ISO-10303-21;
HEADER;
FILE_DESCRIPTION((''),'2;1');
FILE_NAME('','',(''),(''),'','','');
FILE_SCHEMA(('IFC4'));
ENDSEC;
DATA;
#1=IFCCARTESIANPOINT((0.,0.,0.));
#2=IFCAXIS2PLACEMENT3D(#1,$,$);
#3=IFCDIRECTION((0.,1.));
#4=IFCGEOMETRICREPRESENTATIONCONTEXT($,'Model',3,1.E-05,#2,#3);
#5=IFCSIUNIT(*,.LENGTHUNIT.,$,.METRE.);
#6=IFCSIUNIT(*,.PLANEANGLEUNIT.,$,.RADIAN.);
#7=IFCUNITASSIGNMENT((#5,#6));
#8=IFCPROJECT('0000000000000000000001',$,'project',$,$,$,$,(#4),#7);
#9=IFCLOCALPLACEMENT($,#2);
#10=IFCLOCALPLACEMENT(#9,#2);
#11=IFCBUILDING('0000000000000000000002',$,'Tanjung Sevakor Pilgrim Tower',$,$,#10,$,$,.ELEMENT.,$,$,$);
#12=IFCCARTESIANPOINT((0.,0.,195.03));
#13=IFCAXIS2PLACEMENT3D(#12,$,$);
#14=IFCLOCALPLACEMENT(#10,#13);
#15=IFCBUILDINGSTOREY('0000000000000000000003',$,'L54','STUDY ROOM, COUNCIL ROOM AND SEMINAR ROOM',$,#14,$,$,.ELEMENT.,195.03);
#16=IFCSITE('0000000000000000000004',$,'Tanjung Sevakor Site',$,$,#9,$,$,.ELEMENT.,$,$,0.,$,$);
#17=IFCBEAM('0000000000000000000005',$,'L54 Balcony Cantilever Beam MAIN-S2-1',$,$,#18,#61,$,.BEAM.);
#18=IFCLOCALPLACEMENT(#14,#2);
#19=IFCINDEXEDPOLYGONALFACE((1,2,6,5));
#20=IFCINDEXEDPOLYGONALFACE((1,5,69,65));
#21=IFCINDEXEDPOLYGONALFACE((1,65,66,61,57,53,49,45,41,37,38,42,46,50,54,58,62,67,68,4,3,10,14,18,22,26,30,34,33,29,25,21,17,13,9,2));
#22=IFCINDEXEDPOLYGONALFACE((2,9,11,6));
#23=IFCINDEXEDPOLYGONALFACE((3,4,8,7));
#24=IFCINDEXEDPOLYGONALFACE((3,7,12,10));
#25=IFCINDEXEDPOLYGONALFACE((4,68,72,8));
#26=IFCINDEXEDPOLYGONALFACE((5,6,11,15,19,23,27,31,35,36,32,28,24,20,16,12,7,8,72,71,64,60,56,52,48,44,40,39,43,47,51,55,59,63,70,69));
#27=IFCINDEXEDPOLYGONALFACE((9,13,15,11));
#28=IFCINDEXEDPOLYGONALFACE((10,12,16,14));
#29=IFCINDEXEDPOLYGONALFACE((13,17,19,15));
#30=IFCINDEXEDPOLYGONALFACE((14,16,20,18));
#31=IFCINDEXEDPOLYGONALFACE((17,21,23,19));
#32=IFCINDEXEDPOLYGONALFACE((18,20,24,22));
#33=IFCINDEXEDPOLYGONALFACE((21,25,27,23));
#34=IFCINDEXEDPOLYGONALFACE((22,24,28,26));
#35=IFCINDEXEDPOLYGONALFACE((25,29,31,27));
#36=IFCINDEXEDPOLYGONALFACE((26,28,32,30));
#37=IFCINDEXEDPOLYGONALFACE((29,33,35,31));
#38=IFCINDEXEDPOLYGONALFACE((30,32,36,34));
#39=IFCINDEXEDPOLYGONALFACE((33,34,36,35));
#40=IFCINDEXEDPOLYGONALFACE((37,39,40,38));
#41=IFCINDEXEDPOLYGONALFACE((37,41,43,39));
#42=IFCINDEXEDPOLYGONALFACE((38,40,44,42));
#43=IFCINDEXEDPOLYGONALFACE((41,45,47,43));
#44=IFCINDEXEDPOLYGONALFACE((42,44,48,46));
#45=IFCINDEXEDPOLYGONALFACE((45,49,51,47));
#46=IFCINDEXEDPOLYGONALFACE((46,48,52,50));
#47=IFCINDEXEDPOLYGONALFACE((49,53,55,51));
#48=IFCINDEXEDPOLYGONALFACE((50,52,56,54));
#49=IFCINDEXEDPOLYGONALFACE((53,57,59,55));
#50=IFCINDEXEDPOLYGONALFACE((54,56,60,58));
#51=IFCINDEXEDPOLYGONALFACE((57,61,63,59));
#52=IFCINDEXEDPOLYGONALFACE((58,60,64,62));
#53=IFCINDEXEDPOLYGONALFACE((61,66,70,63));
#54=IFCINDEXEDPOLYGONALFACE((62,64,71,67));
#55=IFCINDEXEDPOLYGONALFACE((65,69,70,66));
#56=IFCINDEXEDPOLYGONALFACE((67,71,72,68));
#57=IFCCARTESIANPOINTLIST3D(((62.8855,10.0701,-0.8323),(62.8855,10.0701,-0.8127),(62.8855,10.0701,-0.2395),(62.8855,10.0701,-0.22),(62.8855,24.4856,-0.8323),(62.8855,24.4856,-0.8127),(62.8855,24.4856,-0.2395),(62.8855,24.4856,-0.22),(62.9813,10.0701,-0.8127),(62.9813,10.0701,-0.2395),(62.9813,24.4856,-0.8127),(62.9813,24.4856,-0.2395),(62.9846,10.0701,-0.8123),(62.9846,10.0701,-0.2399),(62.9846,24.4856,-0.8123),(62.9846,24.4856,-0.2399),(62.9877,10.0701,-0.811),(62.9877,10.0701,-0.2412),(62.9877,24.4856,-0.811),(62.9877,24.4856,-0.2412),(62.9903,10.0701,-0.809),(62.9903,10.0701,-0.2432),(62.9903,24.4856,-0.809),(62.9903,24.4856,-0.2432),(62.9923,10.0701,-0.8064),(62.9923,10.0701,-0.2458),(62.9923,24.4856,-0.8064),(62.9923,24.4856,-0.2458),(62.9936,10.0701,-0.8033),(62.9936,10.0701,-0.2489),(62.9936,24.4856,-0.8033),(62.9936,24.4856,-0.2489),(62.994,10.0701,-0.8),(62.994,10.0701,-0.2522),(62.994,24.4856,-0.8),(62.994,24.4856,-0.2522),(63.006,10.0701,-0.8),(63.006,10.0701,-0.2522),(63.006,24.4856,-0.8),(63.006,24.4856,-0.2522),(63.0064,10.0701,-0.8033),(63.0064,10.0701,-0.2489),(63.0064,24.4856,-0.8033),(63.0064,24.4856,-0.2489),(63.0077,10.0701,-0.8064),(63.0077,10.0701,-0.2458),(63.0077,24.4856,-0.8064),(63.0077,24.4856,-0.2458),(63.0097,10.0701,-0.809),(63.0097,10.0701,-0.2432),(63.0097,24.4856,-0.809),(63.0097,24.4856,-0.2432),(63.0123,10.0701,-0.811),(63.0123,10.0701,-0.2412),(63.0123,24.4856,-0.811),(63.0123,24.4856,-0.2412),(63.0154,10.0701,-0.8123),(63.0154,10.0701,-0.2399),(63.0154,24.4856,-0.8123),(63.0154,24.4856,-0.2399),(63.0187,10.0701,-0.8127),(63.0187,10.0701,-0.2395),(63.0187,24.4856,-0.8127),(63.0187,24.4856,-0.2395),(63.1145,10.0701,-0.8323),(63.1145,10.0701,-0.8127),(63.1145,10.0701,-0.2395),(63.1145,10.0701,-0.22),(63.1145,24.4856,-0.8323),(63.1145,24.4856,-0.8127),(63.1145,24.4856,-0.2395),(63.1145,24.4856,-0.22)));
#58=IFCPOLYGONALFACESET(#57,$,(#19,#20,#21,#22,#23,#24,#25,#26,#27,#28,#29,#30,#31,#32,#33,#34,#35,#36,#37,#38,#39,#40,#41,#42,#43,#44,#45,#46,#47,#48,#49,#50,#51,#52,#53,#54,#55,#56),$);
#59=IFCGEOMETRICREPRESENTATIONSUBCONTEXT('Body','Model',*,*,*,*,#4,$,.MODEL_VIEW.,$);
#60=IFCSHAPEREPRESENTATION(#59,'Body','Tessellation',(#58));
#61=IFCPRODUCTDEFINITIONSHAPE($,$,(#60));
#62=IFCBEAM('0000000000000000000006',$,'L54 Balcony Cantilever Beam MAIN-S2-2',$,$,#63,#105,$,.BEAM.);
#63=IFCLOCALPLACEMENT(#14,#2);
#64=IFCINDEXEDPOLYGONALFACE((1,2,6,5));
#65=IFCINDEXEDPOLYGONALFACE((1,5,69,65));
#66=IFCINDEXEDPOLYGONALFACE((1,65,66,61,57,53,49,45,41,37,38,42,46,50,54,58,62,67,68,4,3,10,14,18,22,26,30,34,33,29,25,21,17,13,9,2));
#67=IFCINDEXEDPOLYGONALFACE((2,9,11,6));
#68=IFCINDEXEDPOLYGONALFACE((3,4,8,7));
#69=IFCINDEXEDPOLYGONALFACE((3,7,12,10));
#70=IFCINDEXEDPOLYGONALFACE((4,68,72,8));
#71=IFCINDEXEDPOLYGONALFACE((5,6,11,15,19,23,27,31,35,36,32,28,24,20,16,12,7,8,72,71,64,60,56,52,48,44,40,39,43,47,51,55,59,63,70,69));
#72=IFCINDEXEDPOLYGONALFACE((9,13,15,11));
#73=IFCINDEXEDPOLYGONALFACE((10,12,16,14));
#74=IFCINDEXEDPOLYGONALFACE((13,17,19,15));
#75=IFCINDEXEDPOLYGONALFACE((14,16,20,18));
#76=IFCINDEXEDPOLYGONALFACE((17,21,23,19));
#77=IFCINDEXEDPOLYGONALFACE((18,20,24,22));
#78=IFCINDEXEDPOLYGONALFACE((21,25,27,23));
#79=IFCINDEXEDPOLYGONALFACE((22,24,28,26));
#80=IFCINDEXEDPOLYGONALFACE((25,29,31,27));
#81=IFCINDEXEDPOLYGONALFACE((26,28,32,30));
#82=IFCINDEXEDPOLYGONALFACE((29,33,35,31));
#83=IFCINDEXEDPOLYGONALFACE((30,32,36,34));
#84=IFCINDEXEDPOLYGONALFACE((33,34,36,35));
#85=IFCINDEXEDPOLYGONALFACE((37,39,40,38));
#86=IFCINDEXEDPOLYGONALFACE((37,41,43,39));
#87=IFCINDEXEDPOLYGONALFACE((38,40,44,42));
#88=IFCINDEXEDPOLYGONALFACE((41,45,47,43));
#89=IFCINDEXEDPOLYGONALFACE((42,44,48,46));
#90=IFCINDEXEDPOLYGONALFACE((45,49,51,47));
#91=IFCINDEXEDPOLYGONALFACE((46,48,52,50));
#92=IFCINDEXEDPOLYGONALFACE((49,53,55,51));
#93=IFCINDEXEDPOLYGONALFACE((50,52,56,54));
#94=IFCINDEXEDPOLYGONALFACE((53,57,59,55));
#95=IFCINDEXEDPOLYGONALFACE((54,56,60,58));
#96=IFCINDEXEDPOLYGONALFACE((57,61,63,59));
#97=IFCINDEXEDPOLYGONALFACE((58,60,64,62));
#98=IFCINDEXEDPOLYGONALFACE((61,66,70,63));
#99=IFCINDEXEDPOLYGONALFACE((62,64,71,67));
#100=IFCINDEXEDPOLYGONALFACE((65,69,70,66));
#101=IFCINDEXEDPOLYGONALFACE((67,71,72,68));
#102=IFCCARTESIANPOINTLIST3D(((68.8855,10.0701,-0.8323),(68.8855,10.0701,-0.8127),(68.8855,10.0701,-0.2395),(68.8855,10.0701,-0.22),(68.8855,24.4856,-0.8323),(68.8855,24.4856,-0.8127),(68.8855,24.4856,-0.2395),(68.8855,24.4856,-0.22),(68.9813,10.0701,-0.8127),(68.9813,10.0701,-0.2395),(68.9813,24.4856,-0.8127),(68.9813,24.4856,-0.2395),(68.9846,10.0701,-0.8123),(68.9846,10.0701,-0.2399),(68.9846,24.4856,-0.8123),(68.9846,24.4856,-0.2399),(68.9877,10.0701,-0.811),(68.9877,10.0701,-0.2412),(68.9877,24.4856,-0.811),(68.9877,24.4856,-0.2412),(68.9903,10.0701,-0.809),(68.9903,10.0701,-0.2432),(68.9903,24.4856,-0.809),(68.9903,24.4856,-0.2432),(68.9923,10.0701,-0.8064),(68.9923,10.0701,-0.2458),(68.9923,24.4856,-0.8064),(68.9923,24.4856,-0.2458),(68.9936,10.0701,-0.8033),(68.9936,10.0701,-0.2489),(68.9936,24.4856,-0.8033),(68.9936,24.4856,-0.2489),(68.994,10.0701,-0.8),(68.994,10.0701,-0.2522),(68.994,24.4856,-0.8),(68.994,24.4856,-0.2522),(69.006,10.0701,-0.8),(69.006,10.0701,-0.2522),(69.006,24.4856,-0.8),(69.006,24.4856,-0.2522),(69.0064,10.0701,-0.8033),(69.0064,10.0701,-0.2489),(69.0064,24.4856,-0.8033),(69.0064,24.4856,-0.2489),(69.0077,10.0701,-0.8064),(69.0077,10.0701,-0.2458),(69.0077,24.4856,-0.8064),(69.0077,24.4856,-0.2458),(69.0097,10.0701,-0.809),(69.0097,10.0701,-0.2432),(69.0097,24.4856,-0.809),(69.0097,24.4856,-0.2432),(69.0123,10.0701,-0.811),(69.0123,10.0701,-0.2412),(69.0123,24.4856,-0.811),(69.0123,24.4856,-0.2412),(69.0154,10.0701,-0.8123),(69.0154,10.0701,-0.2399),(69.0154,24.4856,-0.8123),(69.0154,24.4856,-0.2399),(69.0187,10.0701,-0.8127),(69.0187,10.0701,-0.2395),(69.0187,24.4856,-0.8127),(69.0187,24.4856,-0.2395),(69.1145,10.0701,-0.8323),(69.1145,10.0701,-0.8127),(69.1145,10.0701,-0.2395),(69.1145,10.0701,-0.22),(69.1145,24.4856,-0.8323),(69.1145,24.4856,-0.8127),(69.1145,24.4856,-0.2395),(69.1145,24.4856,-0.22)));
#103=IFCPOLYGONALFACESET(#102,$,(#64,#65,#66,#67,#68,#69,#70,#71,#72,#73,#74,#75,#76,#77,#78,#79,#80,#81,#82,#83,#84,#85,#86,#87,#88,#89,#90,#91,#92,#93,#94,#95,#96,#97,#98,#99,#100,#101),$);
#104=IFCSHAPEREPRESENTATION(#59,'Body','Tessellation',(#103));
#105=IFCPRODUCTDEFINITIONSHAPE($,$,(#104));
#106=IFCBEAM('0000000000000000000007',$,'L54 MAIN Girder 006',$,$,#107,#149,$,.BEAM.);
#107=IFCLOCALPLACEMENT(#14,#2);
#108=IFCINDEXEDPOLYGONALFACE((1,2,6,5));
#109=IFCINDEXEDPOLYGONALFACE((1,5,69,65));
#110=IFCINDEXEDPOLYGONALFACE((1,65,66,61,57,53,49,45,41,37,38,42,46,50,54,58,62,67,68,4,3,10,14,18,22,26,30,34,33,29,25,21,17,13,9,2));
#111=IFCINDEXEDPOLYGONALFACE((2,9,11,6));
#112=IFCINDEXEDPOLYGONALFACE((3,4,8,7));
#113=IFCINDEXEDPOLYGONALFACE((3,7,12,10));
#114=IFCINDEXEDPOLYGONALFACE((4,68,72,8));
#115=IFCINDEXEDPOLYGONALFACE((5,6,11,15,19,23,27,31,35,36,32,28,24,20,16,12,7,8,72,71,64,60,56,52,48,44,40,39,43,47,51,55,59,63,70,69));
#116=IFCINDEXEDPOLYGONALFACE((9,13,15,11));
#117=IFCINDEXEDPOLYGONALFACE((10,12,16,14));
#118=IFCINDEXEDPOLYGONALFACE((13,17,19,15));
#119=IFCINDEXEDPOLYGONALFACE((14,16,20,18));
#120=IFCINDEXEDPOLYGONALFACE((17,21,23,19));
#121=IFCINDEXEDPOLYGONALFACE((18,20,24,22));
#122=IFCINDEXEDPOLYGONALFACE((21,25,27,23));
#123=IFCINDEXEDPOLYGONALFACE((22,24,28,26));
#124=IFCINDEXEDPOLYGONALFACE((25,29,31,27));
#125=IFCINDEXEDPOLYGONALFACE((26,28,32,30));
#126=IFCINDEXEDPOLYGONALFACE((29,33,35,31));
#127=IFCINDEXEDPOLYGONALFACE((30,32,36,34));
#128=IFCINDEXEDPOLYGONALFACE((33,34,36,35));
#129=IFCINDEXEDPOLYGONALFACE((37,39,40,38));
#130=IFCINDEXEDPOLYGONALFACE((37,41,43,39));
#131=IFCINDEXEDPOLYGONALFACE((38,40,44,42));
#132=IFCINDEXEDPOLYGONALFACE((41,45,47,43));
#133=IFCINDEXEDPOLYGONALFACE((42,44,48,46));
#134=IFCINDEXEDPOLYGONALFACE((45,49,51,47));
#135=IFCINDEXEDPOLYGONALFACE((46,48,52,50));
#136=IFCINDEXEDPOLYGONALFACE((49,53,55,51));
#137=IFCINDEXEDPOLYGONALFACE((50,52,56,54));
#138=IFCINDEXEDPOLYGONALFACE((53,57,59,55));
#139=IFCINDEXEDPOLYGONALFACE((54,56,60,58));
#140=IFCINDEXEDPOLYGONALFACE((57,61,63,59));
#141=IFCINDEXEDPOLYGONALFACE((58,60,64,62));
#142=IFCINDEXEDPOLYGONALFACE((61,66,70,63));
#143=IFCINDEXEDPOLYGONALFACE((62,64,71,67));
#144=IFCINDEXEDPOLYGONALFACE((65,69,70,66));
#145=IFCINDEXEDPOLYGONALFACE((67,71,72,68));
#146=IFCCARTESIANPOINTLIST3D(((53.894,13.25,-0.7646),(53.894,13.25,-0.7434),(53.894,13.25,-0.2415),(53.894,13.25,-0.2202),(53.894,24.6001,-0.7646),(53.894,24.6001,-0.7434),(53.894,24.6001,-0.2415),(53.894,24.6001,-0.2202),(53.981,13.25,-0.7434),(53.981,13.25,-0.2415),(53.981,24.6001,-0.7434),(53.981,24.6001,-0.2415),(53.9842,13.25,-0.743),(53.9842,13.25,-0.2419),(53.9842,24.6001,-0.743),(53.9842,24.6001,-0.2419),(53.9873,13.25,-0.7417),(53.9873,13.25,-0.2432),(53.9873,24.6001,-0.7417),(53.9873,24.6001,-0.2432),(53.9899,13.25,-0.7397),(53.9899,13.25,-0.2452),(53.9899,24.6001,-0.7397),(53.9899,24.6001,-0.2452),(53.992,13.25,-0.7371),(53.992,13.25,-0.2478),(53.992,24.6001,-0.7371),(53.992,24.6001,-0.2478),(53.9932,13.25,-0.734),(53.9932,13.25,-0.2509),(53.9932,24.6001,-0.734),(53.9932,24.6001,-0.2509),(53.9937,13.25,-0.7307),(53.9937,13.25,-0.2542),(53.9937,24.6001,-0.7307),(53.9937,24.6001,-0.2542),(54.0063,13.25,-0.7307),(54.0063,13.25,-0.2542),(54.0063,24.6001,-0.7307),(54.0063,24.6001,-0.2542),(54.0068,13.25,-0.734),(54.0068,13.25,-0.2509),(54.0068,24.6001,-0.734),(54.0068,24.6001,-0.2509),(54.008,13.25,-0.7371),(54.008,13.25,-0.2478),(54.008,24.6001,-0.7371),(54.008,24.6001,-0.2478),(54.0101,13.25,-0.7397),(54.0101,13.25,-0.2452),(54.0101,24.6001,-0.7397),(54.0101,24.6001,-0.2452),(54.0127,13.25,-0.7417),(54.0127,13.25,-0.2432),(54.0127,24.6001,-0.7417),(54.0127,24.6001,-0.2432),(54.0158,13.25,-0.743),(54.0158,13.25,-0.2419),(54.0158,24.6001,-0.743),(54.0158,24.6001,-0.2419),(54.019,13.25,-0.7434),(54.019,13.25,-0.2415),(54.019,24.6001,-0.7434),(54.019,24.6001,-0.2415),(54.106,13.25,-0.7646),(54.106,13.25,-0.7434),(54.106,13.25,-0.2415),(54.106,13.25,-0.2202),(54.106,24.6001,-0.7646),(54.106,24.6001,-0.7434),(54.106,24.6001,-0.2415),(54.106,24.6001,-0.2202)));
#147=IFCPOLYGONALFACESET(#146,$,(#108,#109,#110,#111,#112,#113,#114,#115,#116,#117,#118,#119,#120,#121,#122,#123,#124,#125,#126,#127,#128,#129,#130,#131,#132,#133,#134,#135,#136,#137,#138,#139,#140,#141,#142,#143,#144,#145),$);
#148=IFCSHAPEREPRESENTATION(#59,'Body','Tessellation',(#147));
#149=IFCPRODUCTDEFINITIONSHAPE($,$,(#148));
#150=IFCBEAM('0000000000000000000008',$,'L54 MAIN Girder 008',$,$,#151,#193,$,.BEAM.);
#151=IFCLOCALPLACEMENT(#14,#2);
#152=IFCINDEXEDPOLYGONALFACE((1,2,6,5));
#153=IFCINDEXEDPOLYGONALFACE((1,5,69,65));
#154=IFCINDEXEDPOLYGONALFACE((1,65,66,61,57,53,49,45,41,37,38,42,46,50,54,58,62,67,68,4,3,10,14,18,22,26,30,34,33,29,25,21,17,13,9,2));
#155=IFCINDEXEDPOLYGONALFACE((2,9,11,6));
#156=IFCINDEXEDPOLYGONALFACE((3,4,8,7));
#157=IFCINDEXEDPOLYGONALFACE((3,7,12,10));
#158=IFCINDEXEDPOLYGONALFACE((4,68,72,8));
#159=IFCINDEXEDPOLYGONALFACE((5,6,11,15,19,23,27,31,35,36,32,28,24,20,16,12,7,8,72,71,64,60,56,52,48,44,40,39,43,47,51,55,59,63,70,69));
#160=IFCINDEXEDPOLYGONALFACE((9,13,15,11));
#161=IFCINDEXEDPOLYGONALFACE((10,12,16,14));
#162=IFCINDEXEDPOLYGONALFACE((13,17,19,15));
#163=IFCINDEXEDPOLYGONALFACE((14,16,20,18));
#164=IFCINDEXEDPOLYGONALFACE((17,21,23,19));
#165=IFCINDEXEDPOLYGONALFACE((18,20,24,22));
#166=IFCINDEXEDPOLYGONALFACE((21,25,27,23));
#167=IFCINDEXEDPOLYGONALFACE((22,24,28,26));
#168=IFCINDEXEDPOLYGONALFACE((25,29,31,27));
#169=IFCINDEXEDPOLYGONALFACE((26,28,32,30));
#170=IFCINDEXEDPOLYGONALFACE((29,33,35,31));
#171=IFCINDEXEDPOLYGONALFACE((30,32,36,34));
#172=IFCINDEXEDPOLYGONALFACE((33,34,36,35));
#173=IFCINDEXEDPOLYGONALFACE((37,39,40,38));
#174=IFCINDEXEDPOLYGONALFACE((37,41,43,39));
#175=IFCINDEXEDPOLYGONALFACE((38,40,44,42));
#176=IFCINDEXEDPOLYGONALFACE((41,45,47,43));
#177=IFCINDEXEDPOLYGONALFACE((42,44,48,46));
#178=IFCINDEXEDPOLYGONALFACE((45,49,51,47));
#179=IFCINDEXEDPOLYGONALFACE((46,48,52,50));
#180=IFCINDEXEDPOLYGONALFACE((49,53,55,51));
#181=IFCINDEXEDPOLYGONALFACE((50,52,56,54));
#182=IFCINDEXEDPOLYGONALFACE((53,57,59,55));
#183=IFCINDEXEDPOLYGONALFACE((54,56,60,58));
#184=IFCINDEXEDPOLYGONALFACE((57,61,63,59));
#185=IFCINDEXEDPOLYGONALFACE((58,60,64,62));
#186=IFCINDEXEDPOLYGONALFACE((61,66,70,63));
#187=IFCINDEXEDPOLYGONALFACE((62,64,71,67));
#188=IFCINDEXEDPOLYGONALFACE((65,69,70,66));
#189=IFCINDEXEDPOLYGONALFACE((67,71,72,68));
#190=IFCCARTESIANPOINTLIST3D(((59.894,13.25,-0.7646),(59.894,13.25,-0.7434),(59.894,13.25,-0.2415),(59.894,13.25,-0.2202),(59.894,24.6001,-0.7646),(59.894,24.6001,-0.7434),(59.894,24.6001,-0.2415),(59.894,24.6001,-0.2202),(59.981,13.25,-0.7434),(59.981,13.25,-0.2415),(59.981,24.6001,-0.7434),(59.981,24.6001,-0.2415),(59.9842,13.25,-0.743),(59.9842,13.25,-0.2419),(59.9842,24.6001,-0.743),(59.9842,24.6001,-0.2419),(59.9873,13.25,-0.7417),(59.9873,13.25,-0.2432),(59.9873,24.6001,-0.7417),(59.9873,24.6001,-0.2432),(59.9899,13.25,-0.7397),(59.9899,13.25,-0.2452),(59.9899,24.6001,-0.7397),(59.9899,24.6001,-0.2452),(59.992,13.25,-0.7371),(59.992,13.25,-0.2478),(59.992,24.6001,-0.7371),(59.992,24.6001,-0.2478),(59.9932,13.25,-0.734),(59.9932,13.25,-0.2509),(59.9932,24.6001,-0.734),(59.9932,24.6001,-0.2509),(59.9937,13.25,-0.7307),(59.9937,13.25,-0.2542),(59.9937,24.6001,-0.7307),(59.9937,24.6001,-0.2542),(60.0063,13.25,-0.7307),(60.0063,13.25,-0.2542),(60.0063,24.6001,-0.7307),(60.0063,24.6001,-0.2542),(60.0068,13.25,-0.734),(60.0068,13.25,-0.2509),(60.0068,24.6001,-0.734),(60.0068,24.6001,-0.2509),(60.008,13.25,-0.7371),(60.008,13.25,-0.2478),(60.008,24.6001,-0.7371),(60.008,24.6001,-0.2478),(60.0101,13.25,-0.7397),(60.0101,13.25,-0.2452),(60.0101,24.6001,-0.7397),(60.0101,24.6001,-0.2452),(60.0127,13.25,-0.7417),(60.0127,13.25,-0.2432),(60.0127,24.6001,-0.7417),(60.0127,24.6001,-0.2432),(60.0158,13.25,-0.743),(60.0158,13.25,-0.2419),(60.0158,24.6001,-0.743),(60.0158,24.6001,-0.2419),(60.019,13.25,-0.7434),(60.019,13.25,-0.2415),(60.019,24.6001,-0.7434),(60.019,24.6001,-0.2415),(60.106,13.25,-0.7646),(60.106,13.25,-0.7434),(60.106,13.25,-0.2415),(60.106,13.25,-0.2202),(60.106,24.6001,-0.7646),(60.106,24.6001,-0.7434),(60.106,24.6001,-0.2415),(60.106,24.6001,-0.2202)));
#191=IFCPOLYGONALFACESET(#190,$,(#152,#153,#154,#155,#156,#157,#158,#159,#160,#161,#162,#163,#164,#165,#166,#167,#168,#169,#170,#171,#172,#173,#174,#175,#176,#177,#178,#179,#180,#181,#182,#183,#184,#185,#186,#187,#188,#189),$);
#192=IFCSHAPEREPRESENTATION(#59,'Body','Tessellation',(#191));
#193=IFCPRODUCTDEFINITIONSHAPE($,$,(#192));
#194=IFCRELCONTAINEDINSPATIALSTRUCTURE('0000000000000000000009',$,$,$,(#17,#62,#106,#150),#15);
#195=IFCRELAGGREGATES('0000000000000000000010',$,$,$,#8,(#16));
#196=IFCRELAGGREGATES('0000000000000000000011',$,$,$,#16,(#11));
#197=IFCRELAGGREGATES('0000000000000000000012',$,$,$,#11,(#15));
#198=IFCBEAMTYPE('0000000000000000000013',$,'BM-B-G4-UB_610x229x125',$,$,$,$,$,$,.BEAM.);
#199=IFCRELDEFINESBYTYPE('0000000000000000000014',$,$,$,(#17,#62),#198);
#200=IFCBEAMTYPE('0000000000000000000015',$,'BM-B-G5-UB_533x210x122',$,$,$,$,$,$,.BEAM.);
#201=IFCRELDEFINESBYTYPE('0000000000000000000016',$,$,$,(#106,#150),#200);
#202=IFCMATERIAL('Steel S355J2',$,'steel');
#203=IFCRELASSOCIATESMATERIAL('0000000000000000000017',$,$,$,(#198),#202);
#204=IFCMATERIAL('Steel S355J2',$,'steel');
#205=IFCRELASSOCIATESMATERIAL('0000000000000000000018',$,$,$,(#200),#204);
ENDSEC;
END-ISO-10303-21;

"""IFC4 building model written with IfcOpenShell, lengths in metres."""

from ifc_helpers import new_model, si_unit, direction, frame, origin, origin_2d, place, context, subcontext, project, spatial, i_section, extrude, material, material_profile, profile_set, type_object, element, save


model = new_model("IFC4")

# Units and contexts
model_context = context("Model", 3, precision=1e-05, world=origin(), true_north=direction((0.0, 1.0)))
body_context = subcontext(model_context, "Body", "Model", "MODEL_VIEW")
ifc_project = project(units=[si_unit("LENGTHUNIT", "METRE"), si_unit("PLANEANGLEUNIT", "RADIAN")], contexts=[model_context])

# Site, building, storey
site_placement = place(None, origin())
site = spatial("IfcSite", under=ifc_project, at=site_placement, Name="Tanjung Sevakor Site", CompositionType="ELEMENT", RefElevation=0.0)
building_placement = place(site_placement, origin())
building = spatial("IfcBuilding", under=site, at=building_placement, Name="Tanjung Sevakor Pilgrim Tower", CompositionType="ELEMENT")
storey_placement = place(building_placement, frame((0.0, 0.0, 195.03)))
storey = spatial("IfcBuildingStorey", under=building, at=storey_placement, Name="L54", Description="STUDY ROOM, COUNCIL ROOM AND SEMINAR ROOM", CompositionType="ELEMENT", Elevation=195.03)

# Beams
ifc_material_1 = material(Name="Steel S355J2", Category="steel")
ifc_material_profile_1 = material_profile(ifc_material_1, i_section(OverallWidth=0.229, OverallDepth=0.6123, WebThickness=0.012, FlangeThickness=0.0195, FilletRadius=0.0127, at=origin_2d()))
ifc_profile_set_1 = profile_set([ifc_material_profile_1], Name="Steel S355J2")
beam_type_1 = type_object("IfcBeamType", Name="BM-B-G4-UB_610x229x125", PredefinedType="BEAM", material=ifc_profile_set_1)
for number, where, z_axis, x_axis, name in (
    (1, (63.0, 24.4856, -0.5261), (0.0, -1.0, 0.0), (1.0, 0.0, 0.0), "L54 Balcony Cantilever Beam MAIN-S2-1"),
    (2, (69.0, 24.4856, -0.5261), (0.0, -1.0, 0.0), (1.0, 0.0, 0.0), "L54 Balcony Cantilever Beam MAIN-S2-2"),
):
    element("IfcBeam", number, at=place(storey_placement, frame(where, z_axis=z_axis, x_axis=x_axis)), inside=storey, type_object=beam_type_1, Name=name, PredefinedType="BEAM", context=body_context, shape_type="SweptSolid", body=[
        extrude(i_section(OverallWidth=0.229, OverallDepth=0.6123, WebThickness=0.012, FlangeThickness=0.0195, FilletRadius=0.0127, at=origin_2d()), origin(), (0.0, 0.0, 1.0), 14.4155),
    ])
ifc_material_2 = material(Name="Steel S355J2", Category="steel")
ifc_material_profile_2 = material_profile(ifc_material_2, i_section(OverallWidth=0.2119, OverallDepth=0.5444, WebThickness=0.0127, FlangeThickness=0.0212, FilletRadius=0.0127, at=origin_2d()))
ifc_profile_set_2 = profile_set([ifc_material_profile_2], Name="Steel S355J2")
beam_type_2 = type_object("IfcBeamType", Name="BM-B-G5-UB_533x210x122", PredefinedType="BEAM", material=ifc_profile_set_2)
for number, where, z_axis, x_axis, name in (
    (3, (54.0, 13.25, -0.4924), (0.0, 1.0, 0.0), (-1.0, 0.0, 0.0), "L54 MAIN Girder 006"),
    (4, (60.0, 13.25, -0.4924), (0.0, 1.0, 0.0), (-1.0, 0.0, 0.0), "L54 MAIN Girder 008"),
):
    element("IfcBeam", number, at=place(storey_placement, frame(where, z_axis=z_axis, x_axis=x_axis)), inside=storey, type_object=beam_type_2, Name=name, PredefinedType="BEAM", context=body_context, shape_type="SweptSolid", body=[
        extrude(i_section(OverallWidth=0.2119, OverallDepth=0.5444, WebThickness=0.0127, FlangeThickness=0.0212, FilletRadius=0.0127, at=origin_2d()), origin(), (0.0, 0.0, 1.0), 11.3501),
    ])

save(model, "model.ifc")
